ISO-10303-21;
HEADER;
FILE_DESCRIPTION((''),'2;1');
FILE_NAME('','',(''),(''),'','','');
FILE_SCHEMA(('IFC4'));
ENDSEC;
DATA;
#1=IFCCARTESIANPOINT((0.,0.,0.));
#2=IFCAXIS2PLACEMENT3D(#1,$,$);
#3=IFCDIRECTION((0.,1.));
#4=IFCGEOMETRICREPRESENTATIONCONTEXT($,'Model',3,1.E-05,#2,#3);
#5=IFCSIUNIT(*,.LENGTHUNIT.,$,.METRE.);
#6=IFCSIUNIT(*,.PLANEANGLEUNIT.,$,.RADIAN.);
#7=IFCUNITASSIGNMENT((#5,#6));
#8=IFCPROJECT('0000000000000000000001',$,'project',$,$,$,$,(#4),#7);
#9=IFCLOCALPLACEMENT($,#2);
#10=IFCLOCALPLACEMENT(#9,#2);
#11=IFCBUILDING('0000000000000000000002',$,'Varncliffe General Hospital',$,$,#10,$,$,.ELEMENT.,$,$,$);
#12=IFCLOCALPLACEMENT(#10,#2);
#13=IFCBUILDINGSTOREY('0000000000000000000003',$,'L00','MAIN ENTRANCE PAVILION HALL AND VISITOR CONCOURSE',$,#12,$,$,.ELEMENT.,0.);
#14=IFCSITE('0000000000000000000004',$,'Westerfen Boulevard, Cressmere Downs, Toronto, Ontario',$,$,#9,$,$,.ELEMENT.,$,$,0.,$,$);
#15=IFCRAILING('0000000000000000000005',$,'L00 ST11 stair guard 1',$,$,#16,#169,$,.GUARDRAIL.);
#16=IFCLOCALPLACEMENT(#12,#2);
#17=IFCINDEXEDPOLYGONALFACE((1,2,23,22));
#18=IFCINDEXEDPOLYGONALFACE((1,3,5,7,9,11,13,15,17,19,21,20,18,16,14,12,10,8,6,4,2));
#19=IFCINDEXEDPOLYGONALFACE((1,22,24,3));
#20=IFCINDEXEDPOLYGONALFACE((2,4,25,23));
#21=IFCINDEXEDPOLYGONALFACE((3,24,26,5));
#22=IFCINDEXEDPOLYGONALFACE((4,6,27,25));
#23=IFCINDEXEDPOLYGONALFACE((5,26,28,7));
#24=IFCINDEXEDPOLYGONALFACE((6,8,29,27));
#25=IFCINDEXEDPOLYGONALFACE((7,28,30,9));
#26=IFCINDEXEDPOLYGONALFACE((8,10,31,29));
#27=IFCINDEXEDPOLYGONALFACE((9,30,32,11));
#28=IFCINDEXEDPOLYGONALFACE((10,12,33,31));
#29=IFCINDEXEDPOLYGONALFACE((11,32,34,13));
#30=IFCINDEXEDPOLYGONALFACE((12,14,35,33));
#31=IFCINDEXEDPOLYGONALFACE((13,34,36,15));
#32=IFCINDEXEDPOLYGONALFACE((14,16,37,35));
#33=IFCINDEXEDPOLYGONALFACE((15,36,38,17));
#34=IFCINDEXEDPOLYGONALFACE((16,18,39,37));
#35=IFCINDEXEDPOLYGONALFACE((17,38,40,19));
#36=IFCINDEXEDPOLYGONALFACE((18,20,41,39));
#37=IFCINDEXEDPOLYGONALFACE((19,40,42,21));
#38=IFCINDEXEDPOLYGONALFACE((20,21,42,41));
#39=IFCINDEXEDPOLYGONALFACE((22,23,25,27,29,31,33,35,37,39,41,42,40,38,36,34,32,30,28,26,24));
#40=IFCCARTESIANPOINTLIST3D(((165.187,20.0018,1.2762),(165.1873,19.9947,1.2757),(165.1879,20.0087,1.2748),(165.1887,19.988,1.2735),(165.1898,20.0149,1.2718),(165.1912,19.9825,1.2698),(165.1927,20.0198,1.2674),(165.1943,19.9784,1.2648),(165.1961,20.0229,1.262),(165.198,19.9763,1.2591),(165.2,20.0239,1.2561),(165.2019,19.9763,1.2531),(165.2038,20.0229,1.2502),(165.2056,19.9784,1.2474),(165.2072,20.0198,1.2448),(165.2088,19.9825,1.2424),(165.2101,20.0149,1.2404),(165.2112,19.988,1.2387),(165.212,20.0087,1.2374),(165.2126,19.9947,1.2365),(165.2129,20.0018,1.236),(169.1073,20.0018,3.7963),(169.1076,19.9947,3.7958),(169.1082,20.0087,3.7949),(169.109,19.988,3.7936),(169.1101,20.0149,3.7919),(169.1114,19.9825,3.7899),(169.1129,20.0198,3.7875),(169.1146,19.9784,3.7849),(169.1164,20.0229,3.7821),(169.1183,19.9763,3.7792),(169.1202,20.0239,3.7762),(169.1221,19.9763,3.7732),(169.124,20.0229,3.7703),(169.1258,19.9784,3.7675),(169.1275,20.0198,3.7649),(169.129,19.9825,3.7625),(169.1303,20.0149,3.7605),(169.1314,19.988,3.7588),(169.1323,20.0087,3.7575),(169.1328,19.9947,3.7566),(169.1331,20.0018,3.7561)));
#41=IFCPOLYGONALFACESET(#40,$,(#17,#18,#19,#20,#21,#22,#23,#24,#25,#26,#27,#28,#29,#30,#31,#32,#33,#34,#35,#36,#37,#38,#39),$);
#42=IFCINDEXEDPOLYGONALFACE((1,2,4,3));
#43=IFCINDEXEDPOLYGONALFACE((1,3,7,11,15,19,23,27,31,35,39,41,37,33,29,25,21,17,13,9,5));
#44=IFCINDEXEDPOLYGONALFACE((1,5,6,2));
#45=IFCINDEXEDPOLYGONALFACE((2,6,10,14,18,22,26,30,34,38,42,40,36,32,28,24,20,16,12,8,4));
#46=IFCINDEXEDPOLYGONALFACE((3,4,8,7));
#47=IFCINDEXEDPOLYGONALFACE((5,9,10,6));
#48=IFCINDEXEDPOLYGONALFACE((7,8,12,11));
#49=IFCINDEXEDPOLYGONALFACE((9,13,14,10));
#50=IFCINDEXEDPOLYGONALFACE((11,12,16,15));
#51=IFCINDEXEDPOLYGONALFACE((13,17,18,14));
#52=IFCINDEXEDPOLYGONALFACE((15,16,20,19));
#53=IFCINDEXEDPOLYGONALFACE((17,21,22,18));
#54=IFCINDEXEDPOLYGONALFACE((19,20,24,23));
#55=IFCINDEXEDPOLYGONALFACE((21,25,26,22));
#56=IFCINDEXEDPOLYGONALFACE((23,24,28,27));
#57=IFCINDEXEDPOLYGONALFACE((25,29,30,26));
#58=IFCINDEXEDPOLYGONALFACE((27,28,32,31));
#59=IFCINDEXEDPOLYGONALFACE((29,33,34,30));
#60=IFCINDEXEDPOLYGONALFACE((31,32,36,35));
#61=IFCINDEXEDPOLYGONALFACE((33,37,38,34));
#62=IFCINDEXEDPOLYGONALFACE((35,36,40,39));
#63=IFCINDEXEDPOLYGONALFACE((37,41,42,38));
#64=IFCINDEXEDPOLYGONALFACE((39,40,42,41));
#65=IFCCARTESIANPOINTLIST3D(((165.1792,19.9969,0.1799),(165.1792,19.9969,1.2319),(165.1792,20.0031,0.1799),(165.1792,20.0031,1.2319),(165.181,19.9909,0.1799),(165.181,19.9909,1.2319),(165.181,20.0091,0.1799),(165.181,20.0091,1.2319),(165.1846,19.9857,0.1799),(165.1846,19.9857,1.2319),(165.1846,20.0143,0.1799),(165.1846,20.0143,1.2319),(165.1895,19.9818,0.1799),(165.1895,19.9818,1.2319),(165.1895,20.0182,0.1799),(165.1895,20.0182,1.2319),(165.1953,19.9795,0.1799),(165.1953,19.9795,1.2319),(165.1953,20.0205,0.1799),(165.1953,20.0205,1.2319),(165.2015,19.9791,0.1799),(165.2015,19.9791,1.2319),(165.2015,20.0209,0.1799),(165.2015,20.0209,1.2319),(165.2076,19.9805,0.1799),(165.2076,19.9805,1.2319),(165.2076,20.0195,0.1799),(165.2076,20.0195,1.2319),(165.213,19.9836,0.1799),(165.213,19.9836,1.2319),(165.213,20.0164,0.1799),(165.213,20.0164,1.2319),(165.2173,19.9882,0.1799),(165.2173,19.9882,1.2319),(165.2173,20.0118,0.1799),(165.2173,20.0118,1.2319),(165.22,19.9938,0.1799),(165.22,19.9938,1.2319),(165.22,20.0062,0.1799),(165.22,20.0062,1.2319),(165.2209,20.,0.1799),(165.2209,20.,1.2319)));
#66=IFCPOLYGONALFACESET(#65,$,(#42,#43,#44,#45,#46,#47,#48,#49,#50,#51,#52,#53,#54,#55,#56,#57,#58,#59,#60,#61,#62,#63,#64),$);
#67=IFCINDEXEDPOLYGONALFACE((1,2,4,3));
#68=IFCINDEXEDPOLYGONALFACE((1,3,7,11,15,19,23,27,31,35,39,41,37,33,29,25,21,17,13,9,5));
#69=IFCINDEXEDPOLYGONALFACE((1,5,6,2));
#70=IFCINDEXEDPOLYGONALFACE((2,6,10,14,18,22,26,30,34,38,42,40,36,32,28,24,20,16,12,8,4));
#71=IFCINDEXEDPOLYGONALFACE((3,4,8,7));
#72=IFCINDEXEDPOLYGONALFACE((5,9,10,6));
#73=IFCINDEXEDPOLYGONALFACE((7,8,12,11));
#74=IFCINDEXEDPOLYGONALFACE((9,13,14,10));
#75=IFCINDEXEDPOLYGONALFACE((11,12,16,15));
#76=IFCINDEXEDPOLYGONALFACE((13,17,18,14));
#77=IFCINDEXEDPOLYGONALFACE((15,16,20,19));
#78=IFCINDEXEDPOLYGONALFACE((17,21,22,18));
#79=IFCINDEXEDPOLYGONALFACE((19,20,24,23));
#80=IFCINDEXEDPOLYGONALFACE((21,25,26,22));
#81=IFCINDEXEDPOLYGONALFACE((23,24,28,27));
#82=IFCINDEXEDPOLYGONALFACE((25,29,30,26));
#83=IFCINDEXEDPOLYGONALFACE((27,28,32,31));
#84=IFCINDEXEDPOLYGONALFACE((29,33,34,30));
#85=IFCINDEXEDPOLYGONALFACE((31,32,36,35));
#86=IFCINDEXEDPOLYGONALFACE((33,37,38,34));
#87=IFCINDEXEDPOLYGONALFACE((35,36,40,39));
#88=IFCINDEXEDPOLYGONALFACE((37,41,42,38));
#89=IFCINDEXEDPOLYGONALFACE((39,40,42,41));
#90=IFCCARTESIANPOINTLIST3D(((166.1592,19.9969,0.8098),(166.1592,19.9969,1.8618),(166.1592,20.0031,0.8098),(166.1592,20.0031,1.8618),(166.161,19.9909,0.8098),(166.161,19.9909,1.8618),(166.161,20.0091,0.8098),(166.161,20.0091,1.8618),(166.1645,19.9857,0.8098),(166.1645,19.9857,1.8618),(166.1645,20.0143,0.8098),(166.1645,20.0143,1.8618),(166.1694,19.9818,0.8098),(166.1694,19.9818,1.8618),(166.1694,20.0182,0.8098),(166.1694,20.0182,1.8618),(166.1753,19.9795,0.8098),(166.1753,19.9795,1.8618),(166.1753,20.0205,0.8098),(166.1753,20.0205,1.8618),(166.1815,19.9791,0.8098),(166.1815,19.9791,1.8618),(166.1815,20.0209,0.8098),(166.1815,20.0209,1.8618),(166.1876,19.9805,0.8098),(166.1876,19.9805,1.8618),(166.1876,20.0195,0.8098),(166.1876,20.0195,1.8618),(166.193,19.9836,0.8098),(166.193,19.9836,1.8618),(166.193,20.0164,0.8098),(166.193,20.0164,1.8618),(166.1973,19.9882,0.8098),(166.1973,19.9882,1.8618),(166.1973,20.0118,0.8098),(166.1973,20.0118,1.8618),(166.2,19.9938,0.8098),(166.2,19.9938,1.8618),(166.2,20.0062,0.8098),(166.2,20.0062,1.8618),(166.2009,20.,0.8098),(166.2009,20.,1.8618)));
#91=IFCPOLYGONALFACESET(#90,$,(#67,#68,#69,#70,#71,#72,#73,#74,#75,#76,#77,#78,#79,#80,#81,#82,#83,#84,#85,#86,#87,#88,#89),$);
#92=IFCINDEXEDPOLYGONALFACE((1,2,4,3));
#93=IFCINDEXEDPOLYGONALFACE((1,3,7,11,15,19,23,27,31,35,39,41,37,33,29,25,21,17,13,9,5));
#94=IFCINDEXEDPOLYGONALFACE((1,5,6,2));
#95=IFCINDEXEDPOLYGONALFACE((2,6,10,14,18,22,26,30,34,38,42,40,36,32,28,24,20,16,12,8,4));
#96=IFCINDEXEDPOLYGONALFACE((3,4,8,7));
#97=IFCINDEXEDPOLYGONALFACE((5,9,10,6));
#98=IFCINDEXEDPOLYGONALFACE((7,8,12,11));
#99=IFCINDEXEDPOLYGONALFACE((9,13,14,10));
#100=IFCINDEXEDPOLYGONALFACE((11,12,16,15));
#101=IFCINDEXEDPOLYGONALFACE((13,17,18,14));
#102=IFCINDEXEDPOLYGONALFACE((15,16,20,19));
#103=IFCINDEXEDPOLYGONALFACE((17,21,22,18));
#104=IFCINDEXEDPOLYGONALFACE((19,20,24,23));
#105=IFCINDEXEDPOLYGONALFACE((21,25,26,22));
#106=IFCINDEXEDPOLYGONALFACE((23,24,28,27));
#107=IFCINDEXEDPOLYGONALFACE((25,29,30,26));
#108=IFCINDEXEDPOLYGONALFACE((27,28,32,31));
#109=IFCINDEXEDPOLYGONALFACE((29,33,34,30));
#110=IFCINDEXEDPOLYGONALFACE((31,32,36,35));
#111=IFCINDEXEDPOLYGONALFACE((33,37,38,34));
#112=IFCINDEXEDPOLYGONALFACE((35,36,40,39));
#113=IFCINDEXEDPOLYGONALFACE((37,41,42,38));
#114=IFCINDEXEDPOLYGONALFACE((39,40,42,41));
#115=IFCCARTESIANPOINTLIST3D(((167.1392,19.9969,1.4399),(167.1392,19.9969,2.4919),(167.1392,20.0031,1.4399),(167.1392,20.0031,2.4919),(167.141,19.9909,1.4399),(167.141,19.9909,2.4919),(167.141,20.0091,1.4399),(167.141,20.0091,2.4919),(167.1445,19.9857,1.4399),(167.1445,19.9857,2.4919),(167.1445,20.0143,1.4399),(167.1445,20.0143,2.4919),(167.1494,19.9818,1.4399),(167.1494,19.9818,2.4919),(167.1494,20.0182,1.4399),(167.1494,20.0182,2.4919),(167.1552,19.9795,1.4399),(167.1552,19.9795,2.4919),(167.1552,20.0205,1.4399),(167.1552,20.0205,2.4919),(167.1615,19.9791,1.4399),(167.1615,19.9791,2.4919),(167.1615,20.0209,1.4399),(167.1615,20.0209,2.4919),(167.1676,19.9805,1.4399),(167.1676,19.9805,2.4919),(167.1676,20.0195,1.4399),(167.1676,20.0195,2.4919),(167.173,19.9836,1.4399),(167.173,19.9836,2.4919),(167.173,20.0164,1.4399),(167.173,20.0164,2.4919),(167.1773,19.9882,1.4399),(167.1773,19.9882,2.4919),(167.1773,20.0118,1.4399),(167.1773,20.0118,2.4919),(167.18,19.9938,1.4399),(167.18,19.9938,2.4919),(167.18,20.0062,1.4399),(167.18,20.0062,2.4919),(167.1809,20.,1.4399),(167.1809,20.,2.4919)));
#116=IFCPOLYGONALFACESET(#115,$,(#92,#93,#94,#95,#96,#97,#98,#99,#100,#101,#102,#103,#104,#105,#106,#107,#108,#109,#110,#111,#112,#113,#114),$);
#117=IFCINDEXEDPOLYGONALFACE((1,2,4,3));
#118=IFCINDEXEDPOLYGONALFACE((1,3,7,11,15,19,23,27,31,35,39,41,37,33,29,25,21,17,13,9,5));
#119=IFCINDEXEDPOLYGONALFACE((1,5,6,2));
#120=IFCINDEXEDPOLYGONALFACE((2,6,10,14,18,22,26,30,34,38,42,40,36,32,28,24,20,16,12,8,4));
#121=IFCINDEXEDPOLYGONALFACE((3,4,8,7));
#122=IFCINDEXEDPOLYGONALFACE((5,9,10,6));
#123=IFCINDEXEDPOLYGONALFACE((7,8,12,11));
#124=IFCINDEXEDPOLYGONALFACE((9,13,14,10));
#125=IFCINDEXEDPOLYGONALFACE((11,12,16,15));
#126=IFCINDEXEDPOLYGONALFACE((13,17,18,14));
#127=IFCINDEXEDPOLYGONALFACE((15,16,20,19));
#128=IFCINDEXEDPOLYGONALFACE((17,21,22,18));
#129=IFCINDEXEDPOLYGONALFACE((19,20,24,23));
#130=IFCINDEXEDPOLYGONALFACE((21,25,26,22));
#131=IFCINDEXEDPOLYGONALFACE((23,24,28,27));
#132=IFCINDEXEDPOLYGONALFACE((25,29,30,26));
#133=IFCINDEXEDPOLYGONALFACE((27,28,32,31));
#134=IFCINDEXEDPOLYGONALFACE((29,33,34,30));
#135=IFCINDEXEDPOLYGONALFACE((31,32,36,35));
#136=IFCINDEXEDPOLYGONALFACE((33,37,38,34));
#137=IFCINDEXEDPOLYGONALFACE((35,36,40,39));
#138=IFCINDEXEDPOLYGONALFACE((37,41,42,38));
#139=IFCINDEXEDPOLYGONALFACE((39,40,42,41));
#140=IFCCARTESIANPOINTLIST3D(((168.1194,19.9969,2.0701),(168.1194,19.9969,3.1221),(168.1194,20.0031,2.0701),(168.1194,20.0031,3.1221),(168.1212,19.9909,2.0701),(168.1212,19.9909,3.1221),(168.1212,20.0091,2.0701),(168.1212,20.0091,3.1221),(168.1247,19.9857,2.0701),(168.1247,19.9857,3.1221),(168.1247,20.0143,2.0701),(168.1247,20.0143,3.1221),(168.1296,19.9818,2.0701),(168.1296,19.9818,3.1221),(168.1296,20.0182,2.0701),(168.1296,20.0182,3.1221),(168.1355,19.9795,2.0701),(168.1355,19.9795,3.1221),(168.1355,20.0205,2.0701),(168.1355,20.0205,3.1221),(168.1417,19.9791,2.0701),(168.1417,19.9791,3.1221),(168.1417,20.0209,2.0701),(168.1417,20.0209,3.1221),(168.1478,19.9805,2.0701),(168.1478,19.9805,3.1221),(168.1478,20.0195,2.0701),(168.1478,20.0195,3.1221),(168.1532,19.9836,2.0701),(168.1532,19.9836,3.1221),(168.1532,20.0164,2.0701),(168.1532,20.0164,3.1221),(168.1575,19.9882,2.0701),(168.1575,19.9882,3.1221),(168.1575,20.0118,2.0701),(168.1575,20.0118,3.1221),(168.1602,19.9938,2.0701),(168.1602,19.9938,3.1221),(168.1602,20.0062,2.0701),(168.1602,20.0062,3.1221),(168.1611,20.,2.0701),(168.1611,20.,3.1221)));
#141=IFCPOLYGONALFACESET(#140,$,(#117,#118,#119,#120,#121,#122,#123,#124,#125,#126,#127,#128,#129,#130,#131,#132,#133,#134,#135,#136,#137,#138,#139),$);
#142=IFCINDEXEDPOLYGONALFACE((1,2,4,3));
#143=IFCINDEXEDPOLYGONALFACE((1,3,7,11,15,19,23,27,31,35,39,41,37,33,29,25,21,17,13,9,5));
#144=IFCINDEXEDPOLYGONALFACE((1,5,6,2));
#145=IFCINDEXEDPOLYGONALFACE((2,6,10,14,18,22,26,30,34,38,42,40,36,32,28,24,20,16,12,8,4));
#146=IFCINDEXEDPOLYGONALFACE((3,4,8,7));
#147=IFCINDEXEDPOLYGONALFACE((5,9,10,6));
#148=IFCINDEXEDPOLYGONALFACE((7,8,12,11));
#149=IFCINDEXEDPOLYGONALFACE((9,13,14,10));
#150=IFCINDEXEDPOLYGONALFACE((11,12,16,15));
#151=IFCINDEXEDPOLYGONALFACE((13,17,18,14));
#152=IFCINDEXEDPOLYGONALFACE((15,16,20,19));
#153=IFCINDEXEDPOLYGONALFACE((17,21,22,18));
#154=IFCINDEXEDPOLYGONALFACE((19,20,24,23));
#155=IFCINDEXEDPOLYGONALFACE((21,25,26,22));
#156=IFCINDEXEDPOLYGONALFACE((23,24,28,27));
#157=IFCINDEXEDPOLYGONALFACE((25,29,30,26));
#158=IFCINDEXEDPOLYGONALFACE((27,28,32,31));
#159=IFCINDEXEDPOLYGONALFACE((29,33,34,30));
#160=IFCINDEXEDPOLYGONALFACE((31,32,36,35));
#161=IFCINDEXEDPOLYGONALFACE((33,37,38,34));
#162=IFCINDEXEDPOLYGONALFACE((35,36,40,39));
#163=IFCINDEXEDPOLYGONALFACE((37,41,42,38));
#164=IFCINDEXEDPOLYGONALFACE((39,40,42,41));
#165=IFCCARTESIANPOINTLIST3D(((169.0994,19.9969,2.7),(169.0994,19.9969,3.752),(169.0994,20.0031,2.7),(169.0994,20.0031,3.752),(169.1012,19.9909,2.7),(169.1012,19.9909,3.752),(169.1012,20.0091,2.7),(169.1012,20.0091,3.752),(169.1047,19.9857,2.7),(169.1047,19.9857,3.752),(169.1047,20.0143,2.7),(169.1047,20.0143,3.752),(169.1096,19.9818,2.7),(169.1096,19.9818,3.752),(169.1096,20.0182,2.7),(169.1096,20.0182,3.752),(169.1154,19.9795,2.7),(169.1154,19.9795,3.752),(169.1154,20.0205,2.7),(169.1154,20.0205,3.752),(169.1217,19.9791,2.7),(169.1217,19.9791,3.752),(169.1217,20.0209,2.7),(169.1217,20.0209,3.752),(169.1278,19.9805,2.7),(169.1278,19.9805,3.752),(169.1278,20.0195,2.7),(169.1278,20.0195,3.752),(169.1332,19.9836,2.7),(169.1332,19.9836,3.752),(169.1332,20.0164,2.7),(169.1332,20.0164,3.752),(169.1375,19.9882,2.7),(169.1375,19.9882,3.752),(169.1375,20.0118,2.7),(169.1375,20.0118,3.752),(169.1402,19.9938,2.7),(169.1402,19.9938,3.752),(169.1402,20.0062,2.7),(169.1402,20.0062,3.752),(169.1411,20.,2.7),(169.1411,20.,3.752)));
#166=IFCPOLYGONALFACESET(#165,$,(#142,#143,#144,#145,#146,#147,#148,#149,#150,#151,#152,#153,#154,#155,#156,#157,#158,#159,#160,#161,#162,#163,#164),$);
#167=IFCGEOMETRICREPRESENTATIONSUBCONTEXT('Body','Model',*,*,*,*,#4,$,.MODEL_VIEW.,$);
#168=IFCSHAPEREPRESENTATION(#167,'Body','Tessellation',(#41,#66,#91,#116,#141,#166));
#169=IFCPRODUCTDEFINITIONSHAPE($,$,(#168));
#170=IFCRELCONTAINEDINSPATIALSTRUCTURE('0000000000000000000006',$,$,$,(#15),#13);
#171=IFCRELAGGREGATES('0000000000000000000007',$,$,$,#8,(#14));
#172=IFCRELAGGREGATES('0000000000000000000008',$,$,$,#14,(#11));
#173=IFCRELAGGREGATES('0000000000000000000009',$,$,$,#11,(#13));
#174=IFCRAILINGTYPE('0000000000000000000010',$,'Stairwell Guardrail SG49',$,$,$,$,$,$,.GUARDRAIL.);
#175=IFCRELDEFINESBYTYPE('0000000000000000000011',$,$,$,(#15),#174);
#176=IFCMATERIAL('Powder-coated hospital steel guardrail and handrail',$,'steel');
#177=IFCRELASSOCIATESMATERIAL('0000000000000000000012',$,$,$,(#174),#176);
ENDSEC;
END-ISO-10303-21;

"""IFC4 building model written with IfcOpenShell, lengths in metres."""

from ifc_helpers import new_model, si_unit, direction, frame, origin, origin_2d, place, context, subcontext, project, spatial, circle, extrude, material, type_object, element, save


model = new_model("IFC4")

# Units and contexts
model_context = context("Model", 3, precision=1e-05, world=origin(), true_north=direction((0.0, 1.0)))
body_context = subcontext(model_context, "Body", "Model", "MODEL_VIEW")
ifc_project = project(units=[si_unit("LENGTHUNIT", "METRE"), si_unit("PLANEANGLEUNIT", "RADIAN")], contexts=[model_context])

# Site, building, storey
site_placement = place(None, origin())
site = spatial("IfcSite", under=ifc_project, at=site_placement, Name="Westerfen Boulevard, Cressmere Downs, Toronto, Ontario", CompositionType="ELEMENT", RefElevation=0.0)
building_placement = place(site_placement, origin())
building = spatial("IfcBuilding", under=site, at=building_placement, Name="Varncliffe General Hospital", CompositionType="ELEMENT")
storey_placement = place(building_placement, origin())
storey = spatial("IfcBuildingStorey", under=building, at=storey_placement, Name="L00", Description="MAIN ENTRANCE PAVILION HALL AND VISITOR CONCOURSE", CompositionType="ELEMENT", Elevation=0.0)

# Railing
ifc_material_1 = material(Name="Powder-coated hospital steel guardrail and handrail", Category="steel")
railing_type_1 = type_object("IfcRailingType", Name="Stairwell Guardrail SG49", PredefinedType="GUARDRAIL", material=ifc_material_1)
railing_1_placement = place(storey_placement, frame((165.2, 20.0, 0.1799)))
element("IfcRailing", 1, at=railing_1_placement, inside=storey, type_object=railing_type_1, Name="L00 ST11 stair guard 1", PredefinedType="GUARDRAIL", context=body_context, shape_type="SweptSolid", body=[
    extrude(circle(Radius=0.0239, at=origin_2d()), frame((0.0, 0.0, 1.0762), z_axis=(0.841187, 0.0, 0.540744), x_axis=(0.0, 1.0, 0.0)), (0.0, 0.0, 1.0), 4.6604),
    extrude(circle(Radius=0.021, at=origin_2d()), origin(), (0.0, 0.0, 1.0), 1.052),
    extrude(circle(Radius=0.021, at=origin_2d()), frame((0.98, 0.0, 0.6299)), (0.0, 0.0, 1.0), 1.052),
    extrude(circle(Radius=0.021, at=origin_2d()), frame((1.96, 0.0, 1.26)), (0.0, 0.0, 1.0), 1.052),
    extrude(circle(Radius=0.021, at=origin_2d()), frame((2.9402, 0.0, 1.8901)), (0.0, 0.0, 1.0), 1.052),
    extrude(circle(Radius=0.021, at=origin_2d()), frame((3.9202, 0.0, 2.52)), (0.0, 0.0, 1.0), 1.052),
])

save(model, "model.ifc")
